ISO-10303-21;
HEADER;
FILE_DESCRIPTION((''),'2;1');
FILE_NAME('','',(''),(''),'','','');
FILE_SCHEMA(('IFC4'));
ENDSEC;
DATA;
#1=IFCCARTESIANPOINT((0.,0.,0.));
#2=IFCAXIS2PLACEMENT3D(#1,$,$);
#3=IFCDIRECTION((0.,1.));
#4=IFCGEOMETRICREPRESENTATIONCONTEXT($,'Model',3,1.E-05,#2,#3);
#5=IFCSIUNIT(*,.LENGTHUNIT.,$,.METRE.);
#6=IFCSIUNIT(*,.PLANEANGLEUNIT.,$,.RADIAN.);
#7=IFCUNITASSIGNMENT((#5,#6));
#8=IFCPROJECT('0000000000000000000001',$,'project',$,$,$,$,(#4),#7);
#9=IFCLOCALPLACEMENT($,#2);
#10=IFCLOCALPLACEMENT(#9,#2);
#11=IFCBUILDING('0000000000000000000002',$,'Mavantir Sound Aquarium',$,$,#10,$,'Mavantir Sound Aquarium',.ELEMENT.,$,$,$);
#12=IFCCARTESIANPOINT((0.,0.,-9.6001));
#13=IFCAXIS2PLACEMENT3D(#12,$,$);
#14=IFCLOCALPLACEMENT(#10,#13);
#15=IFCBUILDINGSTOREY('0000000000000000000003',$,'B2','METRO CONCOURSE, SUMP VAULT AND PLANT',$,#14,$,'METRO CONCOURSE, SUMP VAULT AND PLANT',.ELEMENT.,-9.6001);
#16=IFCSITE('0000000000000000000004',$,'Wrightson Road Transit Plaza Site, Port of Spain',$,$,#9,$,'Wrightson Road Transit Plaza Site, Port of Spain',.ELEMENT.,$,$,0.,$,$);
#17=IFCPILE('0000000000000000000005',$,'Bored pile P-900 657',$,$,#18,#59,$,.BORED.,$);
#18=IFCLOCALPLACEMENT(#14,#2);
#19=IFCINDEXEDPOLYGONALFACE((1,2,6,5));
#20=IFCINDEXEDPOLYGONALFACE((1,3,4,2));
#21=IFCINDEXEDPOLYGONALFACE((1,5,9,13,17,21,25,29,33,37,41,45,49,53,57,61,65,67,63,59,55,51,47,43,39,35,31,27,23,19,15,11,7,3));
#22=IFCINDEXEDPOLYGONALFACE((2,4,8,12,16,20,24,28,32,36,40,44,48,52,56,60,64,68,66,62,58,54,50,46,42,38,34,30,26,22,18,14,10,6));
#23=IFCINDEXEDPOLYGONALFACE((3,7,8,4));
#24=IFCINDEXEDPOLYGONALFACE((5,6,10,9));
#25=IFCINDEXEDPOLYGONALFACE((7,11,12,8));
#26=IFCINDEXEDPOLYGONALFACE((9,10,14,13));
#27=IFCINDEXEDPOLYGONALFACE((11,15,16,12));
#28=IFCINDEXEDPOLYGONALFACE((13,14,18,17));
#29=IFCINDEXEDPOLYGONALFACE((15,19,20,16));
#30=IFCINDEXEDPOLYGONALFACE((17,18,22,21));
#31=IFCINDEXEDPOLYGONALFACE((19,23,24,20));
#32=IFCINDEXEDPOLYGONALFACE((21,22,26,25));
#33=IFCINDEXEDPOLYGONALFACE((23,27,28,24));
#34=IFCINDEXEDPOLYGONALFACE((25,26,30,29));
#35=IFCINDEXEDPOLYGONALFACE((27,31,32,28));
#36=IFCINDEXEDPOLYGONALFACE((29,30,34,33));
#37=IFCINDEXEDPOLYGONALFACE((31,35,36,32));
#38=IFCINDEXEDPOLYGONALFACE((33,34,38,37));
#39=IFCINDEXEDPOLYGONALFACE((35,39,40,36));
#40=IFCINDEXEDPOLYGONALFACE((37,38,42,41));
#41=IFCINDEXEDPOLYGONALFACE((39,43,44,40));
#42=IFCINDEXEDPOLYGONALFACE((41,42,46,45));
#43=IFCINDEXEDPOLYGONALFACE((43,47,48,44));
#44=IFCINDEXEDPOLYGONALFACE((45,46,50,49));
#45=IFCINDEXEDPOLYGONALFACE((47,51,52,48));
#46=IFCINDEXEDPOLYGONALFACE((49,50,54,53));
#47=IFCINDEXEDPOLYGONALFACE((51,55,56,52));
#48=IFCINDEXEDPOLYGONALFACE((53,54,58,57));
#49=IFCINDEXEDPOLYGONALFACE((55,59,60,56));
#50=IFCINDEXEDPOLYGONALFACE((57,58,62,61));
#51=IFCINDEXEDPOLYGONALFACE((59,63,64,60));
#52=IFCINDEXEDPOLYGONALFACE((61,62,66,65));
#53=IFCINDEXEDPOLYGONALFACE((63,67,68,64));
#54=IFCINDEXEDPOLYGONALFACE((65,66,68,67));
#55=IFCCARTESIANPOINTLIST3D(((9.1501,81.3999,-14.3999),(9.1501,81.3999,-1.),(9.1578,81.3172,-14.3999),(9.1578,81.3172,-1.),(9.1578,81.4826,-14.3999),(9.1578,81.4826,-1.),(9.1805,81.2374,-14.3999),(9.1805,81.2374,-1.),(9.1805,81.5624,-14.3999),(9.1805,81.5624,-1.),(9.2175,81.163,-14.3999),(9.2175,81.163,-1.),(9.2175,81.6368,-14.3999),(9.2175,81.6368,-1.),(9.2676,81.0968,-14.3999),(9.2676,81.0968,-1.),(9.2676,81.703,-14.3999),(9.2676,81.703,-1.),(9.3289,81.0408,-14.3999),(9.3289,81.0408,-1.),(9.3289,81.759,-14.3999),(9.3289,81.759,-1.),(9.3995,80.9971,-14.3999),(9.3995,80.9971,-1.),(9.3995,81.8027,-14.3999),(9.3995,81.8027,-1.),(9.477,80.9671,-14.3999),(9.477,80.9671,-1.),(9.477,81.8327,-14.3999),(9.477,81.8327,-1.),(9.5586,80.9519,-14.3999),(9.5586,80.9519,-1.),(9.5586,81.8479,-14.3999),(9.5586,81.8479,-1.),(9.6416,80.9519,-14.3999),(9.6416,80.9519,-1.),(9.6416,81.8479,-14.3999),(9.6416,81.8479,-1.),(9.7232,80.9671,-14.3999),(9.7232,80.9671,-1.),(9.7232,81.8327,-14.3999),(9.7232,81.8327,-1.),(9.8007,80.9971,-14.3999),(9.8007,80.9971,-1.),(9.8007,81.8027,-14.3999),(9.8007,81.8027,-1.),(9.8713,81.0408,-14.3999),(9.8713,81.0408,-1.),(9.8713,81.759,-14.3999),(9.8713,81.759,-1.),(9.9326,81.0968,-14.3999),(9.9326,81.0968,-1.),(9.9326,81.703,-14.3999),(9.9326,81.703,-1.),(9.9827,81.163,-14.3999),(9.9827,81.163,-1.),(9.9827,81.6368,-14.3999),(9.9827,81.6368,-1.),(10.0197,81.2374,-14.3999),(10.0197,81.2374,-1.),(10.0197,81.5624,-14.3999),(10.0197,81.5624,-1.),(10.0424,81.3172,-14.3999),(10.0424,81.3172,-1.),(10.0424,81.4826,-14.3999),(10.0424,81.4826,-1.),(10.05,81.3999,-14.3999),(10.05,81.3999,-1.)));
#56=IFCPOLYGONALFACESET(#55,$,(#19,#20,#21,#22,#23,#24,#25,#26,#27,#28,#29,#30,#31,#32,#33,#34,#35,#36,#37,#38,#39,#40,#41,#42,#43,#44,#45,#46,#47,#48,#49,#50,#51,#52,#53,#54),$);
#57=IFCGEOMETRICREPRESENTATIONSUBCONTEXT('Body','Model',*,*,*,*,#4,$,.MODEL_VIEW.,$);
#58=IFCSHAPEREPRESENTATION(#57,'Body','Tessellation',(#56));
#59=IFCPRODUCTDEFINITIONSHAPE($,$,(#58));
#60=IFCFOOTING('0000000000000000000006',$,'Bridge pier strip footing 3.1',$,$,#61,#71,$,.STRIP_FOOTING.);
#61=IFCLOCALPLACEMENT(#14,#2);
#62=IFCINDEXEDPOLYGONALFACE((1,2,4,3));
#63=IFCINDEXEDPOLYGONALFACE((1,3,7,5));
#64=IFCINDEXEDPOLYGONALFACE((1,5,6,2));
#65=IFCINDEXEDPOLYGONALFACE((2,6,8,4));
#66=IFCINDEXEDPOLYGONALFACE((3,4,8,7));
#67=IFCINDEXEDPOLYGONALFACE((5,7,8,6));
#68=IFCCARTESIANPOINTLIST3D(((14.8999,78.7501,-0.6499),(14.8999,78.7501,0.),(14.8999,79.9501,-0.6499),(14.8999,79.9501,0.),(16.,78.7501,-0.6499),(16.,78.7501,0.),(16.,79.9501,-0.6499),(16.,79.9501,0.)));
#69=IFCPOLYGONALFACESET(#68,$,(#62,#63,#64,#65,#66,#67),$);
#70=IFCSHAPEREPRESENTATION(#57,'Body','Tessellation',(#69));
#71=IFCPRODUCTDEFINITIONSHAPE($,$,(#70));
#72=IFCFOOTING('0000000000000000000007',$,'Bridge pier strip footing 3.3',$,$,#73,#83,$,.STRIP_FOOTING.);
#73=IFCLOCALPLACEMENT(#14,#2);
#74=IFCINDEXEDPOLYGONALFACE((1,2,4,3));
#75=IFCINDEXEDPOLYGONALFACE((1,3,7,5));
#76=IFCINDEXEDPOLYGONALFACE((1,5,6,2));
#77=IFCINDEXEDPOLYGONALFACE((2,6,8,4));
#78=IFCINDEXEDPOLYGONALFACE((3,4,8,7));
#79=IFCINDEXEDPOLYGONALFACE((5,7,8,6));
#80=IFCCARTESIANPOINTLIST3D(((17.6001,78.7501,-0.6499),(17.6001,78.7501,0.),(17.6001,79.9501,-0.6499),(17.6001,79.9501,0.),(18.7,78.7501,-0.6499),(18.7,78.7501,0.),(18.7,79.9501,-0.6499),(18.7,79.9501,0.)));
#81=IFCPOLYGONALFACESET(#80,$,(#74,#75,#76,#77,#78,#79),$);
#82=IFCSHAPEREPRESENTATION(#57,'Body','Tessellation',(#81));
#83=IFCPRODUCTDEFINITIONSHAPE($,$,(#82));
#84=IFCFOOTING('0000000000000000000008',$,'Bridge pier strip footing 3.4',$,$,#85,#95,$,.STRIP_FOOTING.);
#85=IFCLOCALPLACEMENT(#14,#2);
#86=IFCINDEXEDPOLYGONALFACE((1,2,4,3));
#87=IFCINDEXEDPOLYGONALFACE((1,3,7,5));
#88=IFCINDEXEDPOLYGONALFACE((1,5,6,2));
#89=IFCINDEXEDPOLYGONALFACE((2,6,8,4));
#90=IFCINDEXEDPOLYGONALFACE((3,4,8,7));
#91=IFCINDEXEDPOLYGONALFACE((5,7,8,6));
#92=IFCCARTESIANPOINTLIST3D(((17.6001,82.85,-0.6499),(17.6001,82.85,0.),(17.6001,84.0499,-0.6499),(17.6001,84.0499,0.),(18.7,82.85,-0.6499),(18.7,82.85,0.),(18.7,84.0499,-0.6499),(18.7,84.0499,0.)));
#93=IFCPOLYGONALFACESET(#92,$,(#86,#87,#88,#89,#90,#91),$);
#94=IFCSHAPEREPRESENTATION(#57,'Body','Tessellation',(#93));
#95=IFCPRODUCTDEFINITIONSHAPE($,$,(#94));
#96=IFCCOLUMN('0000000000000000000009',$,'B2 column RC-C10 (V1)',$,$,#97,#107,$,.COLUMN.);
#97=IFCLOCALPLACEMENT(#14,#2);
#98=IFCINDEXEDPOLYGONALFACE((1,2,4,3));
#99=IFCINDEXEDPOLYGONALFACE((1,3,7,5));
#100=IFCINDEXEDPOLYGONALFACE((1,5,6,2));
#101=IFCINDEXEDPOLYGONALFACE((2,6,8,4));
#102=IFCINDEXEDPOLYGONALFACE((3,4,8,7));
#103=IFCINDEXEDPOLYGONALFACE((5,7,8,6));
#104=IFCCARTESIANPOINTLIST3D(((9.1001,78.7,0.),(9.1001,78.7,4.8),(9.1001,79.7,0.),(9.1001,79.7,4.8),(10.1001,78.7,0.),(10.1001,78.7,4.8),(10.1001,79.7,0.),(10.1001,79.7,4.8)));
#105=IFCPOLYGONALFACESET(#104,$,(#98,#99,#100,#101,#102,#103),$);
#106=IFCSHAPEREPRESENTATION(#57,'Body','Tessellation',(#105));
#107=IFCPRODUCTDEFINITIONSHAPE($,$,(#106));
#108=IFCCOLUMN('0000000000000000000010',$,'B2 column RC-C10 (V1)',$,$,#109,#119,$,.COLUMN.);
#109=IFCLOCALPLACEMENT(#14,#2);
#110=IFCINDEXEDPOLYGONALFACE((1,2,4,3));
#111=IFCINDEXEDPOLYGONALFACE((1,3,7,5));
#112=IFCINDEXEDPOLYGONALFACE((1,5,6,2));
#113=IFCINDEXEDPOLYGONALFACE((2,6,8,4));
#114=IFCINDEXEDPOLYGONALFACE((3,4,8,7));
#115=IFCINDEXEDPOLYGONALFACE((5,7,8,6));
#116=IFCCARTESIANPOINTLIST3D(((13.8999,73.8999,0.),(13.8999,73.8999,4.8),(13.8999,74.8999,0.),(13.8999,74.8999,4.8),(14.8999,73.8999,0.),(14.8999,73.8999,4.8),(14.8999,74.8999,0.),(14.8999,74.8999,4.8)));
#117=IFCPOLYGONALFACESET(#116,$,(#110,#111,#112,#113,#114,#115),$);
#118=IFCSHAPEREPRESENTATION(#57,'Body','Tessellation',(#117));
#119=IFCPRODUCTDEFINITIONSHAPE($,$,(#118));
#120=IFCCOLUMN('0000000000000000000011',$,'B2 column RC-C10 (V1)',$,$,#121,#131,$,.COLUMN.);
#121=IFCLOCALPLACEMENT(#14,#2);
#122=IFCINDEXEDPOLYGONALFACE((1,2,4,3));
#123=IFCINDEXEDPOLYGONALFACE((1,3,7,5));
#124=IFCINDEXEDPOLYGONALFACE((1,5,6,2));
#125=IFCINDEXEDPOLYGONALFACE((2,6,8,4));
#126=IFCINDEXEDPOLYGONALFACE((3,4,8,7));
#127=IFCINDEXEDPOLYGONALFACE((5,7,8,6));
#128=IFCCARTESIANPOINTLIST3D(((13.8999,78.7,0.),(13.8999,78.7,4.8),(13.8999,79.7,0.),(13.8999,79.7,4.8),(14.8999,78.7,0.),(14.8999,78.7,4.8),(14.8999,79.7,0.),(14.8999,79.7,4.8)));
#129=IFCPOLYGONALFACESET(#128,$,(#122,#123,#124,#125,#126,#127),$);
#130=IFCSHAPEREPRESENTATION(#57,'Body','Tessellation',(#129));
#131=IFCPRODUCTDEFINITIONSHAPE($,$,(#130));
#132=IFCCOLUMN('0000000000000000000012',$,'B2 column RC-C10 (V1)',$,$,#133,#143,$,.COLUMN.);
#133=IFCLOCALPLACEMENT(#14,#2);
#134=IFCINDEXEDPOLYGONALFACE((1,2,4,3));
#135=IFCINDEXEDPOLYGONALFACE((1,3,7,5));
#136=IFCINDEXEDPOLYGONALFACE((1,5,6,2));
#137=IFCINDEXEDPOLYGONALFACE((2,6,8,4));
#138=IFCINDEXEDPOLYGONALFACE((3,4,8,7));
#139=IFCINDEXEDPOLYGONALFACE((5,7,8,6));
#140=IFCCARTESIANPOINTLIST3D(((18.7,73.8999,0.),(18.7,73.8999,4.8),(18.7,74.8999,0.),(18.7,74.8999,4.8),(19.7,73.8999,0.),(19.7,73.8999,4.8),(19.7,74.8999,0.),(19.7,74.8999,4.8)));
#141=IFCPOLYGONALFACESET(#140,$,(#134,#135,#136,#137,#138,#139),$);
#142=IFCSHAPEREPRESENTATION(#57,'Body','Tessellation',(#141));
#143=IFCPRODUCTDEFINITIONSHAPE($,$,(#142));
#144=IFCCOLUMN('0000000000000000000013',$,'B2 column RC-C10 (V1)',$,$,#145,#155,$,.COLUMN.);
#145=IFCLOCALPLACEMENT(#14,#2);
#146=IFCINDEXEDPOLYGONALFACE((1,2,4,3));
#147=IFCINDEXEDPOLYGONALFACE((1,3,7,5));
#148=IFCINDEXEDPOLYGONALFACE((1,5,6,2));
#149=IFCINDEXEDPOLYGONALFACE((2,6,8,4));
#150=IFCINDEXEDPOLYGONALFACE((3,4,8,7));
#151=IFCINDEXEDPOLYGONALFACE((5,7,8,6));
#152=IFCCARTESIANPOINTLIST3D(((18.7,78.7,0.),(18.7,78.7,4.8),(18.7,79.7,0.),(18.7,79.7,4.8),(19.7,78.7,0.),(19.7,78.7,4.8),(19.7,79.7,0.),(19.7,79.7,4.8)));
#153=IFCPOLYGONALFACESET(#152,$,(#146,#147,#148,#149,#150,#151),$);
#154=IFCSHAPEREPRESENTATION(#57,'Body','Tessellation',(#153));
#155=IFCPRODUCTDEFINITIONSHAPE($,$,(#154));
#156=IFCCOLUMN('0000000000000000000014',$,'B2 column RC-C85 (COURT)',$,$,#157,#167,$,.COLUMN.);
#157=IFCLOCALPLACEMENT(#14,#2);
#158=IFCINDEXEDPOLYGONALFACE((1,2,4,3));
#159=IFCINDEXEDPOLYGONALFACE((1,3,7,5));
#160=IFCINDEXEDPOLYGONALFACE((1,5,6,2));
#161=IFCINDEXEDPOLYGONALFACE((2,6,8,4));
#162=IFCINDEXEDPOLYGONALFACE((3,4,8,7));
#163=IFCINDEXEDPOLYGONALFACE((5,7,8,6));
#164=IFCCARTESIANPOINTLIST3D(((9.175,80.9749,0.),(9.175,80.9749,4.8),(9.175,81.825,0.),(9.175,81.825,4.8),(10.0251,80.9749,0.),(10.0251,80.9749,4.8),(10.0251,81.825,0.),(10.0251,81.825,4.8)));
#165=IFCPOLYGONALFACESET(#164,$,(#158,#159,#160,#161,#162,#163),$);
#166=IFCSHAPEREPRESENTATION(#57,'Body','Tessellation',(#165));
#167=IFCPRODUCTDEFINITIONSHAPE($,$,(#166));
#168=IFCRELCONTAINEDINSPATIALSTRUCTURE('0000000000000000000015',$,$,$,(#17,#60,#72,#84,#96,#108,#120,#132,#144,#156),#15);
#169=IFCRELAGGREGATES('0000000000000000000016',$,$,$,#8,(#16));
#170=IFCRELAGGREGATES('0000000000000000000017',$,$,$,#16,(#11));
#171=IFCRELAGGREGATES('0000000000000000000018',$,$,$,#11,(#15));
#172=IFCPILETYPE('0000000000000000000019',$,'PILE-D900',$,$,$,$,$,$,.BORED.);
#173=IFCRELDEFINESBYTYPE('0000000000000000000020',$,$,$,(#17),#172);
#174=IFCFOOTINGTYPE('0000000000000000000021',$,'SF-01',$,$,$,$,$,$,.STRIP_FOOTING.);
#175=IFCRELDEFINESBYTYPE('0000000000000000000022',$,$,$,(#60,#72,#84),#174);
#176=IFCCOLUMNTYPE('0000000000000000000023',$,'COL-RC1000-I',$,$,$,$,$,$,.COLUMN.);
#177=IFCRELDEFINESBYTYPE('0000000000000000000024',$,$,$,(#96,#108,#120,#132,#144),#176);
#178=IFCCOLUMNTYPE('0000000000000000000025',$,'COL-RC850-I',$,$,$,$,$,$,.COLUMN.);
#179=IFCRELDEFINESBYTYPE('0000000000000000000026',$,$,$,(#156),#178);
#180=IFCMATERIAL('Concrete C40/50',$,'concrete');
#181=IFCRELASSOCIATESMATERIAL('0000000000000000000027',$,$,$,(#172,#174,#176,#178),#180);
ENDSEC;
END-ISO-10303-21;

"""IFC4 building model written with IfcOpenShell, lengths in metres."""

from ifc_helpers import new_model, si_unit, direction, frame, origin, origin_2d, place, context, subcontext, project, spatial, rectangle, circle, extrude, material, material_profile, profile_set, type_object, element, save


model = new_model("IFC4")

# Units and contexts
model_context = context("Model", 3, precision=1e-05, world=origin(), true_north=direction((0.0, 1.0)))
body_context = subcontext(model_context, "Body", "Model", "MODEL_VIEW")
ifc_project = project(units=[si_unit("LENGTHUNIT", "METRE"), si_unit("PLANEANGLEUNIT", "RADIAN")], contexts=[model_context])

# Site, building, storey
site_placement = place(None, origin())
site = spatial("IfcSite", under=ifc_project, at=site_placement, Name="Wrightson Road Transit Plaza Site, Port of Spain", LongName="Wrightson Road Transit Plaza Site, Port of Spain", CompositionType="ELEMENT", RefElevation=0.0)
building_placement = place(site_placement, origin())
building = spatial("IfcBuilding", under=site, at=building_placement, Name="Mavantir Sound Aquarium", LongName="Mavantir Sound Aquarium", CompositionType="ELEMENT")
storey_placement = place(building_placement, frame((0.0, 0.0, -9.6001)))
storey = spatial("IfcBuildingStorey", under=building, at=storey_placement, Name="B2", Description="METRO CONCOURSE, SUMP VAULT AND PLANT", LongName="METRO CONCOURSE, SUMP VAULT AND PLANT", CompositionType="ELEMENT", Elevation=-9.6001)

# Shared definitions
ifc_material_1 = material(Name="Concrete C40/50", Category="concrete")

# Pile
ifc_material_profile_1 = material_profile(ifc_material_1, circle(Radius=0.45, at=origin_2d()), Name="PILE D900")
ifc_profile_set_1 = profile_set([ifc_material_profile_1], Name="Concrete C40/50")
pile_type_1 = type_object("IfcPileType", Name="PILE-D900", PredefinedType="BORED", material=ifc_profile_set_1)
pile_placement = place(storey_placement, frame((9.6001, 81.3999, -1.0), z_axis=(0.0, 0.0, -1.0), x_axis=(1.0, 0.0, 0.0)))
element("IfcPile", 1, at=pile_placement, inside=storey, type_object=pile_type_1, Name="Bored pile P-900 657", PredefinedType="BORED", context=body_context, shape_type="SweptSolid", body=[
    extrude(circle(Radius=0.45, at=origin_2d()), origin(), (0.0, 0.0, 1.0), 13.3999),
])

# Footings
ifc_material_profile_2 = material_profile(ifc_material_1, rectangle(XDim=1.2, YDim=0.6499, at=origin_2d()), Name="RC 1200X650")
ifc_profile_set_2 = profile_set([ifc_material_profile_2], Name="Concrete C40/50")
footing_type_1 = type_object("IfcFootingType", Name="SF-01", PredefinedType="STRIP_FOOTING", material=ifc_profile_set_2)
footing_1_placement = place(storey_placement, frame((14.8999, 79.3501, -0.325), z_axis=(1.0, 0.0, 0.0), x_axis=(0.0, 1.0, 0.0)))
element("IfcFooting", 2, at=footing_1_placement, inside=storey, type_object=footing_type_1, Name="Bridge pier strip footing 3.1", PredefinedType="STRIP_FOOTING", context=body_context, shape_type="SweptSolid", body=[
    extrude(rectangle(XDim=1.2, YDim=0.6499, at=origin_2d()), origin(), (0.0, 0.0, 1.0), 1.1001),
])
for number, where, z_axis, x_axis, name in (
    (3, (17.6001, 79.3501, -0.325), (1.0, 0.0, 0.0), (0.0, 1.0, 0.0), "Bridge pier strip footing 3.3"),
    (4, (17.6001, 83.45, -0.325), (1.0, 0.0, 0.0), (0.0, 1.0, 0.0), "Bridge pier strip footing 3.4"),
):
    element("IfcFooting", number, at=place(storey_placement, frame(where, z_axis=z_axis, x_axis=x_axis)), inside=storey, type_object=footing_type_1, Name=name, PredefinedType="STRIP_FOOTING", context=body_context, shape_type="SweptSolid", body=[
        extrude(rectangle(XDim=1.2, YDim=0.6499, at=origin_2d()), origin(), (0.0, 0.0, 1.0), 1.0999),
    ])

# Columns
ifc_material_profile_3 = material_profile(ifc_material_1, rectangle(XDim=1.0, YDim=1.0, at=origin_2d()), Name="RC 1000X1000")
ifc_profile_set_3 = profile_set([ifc_material_profile_3], Name="Concrete C40/50")
column_type_1 = type_object("IfcColumnType", Name="COL-RC1000-I", PredefinedType="COLUMN", material=ifc_profile_set_3)
for number, where, z_axis, x_axis, name in (
    (5, (9.6001, 79.2, 0.0), (0.0, 0.0, 1.0), (1.0, 0.0, 0.0), "B2 column RC-C10 (V1)"),
    (6, (14.3999, 74.3999, 0.0), (0.0, 0.0, 1.0), (1.0, 0.0, 0.0), "B2 column RC-C10 (V1)"),
    (7, (14.3999, 79.2, 0.0), (0.0, 0.0, 1.0), (1.0, 0.0, 0.0), "B2 column RC-C10 (V1)"),
    (8, (19.2, 74.3999, 0.0), (0.0, 0.0, 1.0), (1.0, 0.0, 0.0), "B2 column RC-C10 (V1)"),
    (9, (19.2, 79.2, 0.0), (0.0, 0.0, 1.0), (1.0, 0.0, 0.0), "B2 column RC-C10 (V1)"),
):
    element("IfcColumn", number, at=place(storey_placement, frame(where, z_axis=z_axis, x_axis=x_axis)), inside=storey, type_object=column_type_1, Name=name, PredefinedType="COLUMN", context=body_context, shape_type="SweptSolid", body=[
        extrude(rectangle(XDim=1.0, YDim=1.0, at=origin_2d()), origin(), (0.0, 0.0, 1.0), 4.8),
    ])
ifc_material_profile_4 = material_profile(ifc_material_1, rectangle(XDim=0.8501, YDim=0.8501, at=origin_2d()), Name="RC 850X850")
ifc_profile_set_4 = profile_set([ifc_material_profile_4], Name="Concrete C40/50")
column_type_2 = type_object("IfcColumnType", Name="COL-RC850-I", PredefinedType="COLUMN", material=ifc_profile_set_4)
column_placement = place(storey_placement, frame((9.6001, 81.3999, 0.0), z_axis=(0.0, 0.0, 1.0), x_axis=(1.0, 0.0, 0.0)))
element("IfcColumn", 10, at=column_placement, inside=storey, type_object=column_type_2, Name="B2 column RC-C85 (COURT)", PredefinedType="COLUMN", context=body_context, shape_type="SweptSolid", body=[
    extrude(rectangle(XDim=0.8501, YDim=0.8501, at=origin_2d()), origin(), (0.0, 0.0, 1.0), 4.8),
])

save(model, "model.ifc")
